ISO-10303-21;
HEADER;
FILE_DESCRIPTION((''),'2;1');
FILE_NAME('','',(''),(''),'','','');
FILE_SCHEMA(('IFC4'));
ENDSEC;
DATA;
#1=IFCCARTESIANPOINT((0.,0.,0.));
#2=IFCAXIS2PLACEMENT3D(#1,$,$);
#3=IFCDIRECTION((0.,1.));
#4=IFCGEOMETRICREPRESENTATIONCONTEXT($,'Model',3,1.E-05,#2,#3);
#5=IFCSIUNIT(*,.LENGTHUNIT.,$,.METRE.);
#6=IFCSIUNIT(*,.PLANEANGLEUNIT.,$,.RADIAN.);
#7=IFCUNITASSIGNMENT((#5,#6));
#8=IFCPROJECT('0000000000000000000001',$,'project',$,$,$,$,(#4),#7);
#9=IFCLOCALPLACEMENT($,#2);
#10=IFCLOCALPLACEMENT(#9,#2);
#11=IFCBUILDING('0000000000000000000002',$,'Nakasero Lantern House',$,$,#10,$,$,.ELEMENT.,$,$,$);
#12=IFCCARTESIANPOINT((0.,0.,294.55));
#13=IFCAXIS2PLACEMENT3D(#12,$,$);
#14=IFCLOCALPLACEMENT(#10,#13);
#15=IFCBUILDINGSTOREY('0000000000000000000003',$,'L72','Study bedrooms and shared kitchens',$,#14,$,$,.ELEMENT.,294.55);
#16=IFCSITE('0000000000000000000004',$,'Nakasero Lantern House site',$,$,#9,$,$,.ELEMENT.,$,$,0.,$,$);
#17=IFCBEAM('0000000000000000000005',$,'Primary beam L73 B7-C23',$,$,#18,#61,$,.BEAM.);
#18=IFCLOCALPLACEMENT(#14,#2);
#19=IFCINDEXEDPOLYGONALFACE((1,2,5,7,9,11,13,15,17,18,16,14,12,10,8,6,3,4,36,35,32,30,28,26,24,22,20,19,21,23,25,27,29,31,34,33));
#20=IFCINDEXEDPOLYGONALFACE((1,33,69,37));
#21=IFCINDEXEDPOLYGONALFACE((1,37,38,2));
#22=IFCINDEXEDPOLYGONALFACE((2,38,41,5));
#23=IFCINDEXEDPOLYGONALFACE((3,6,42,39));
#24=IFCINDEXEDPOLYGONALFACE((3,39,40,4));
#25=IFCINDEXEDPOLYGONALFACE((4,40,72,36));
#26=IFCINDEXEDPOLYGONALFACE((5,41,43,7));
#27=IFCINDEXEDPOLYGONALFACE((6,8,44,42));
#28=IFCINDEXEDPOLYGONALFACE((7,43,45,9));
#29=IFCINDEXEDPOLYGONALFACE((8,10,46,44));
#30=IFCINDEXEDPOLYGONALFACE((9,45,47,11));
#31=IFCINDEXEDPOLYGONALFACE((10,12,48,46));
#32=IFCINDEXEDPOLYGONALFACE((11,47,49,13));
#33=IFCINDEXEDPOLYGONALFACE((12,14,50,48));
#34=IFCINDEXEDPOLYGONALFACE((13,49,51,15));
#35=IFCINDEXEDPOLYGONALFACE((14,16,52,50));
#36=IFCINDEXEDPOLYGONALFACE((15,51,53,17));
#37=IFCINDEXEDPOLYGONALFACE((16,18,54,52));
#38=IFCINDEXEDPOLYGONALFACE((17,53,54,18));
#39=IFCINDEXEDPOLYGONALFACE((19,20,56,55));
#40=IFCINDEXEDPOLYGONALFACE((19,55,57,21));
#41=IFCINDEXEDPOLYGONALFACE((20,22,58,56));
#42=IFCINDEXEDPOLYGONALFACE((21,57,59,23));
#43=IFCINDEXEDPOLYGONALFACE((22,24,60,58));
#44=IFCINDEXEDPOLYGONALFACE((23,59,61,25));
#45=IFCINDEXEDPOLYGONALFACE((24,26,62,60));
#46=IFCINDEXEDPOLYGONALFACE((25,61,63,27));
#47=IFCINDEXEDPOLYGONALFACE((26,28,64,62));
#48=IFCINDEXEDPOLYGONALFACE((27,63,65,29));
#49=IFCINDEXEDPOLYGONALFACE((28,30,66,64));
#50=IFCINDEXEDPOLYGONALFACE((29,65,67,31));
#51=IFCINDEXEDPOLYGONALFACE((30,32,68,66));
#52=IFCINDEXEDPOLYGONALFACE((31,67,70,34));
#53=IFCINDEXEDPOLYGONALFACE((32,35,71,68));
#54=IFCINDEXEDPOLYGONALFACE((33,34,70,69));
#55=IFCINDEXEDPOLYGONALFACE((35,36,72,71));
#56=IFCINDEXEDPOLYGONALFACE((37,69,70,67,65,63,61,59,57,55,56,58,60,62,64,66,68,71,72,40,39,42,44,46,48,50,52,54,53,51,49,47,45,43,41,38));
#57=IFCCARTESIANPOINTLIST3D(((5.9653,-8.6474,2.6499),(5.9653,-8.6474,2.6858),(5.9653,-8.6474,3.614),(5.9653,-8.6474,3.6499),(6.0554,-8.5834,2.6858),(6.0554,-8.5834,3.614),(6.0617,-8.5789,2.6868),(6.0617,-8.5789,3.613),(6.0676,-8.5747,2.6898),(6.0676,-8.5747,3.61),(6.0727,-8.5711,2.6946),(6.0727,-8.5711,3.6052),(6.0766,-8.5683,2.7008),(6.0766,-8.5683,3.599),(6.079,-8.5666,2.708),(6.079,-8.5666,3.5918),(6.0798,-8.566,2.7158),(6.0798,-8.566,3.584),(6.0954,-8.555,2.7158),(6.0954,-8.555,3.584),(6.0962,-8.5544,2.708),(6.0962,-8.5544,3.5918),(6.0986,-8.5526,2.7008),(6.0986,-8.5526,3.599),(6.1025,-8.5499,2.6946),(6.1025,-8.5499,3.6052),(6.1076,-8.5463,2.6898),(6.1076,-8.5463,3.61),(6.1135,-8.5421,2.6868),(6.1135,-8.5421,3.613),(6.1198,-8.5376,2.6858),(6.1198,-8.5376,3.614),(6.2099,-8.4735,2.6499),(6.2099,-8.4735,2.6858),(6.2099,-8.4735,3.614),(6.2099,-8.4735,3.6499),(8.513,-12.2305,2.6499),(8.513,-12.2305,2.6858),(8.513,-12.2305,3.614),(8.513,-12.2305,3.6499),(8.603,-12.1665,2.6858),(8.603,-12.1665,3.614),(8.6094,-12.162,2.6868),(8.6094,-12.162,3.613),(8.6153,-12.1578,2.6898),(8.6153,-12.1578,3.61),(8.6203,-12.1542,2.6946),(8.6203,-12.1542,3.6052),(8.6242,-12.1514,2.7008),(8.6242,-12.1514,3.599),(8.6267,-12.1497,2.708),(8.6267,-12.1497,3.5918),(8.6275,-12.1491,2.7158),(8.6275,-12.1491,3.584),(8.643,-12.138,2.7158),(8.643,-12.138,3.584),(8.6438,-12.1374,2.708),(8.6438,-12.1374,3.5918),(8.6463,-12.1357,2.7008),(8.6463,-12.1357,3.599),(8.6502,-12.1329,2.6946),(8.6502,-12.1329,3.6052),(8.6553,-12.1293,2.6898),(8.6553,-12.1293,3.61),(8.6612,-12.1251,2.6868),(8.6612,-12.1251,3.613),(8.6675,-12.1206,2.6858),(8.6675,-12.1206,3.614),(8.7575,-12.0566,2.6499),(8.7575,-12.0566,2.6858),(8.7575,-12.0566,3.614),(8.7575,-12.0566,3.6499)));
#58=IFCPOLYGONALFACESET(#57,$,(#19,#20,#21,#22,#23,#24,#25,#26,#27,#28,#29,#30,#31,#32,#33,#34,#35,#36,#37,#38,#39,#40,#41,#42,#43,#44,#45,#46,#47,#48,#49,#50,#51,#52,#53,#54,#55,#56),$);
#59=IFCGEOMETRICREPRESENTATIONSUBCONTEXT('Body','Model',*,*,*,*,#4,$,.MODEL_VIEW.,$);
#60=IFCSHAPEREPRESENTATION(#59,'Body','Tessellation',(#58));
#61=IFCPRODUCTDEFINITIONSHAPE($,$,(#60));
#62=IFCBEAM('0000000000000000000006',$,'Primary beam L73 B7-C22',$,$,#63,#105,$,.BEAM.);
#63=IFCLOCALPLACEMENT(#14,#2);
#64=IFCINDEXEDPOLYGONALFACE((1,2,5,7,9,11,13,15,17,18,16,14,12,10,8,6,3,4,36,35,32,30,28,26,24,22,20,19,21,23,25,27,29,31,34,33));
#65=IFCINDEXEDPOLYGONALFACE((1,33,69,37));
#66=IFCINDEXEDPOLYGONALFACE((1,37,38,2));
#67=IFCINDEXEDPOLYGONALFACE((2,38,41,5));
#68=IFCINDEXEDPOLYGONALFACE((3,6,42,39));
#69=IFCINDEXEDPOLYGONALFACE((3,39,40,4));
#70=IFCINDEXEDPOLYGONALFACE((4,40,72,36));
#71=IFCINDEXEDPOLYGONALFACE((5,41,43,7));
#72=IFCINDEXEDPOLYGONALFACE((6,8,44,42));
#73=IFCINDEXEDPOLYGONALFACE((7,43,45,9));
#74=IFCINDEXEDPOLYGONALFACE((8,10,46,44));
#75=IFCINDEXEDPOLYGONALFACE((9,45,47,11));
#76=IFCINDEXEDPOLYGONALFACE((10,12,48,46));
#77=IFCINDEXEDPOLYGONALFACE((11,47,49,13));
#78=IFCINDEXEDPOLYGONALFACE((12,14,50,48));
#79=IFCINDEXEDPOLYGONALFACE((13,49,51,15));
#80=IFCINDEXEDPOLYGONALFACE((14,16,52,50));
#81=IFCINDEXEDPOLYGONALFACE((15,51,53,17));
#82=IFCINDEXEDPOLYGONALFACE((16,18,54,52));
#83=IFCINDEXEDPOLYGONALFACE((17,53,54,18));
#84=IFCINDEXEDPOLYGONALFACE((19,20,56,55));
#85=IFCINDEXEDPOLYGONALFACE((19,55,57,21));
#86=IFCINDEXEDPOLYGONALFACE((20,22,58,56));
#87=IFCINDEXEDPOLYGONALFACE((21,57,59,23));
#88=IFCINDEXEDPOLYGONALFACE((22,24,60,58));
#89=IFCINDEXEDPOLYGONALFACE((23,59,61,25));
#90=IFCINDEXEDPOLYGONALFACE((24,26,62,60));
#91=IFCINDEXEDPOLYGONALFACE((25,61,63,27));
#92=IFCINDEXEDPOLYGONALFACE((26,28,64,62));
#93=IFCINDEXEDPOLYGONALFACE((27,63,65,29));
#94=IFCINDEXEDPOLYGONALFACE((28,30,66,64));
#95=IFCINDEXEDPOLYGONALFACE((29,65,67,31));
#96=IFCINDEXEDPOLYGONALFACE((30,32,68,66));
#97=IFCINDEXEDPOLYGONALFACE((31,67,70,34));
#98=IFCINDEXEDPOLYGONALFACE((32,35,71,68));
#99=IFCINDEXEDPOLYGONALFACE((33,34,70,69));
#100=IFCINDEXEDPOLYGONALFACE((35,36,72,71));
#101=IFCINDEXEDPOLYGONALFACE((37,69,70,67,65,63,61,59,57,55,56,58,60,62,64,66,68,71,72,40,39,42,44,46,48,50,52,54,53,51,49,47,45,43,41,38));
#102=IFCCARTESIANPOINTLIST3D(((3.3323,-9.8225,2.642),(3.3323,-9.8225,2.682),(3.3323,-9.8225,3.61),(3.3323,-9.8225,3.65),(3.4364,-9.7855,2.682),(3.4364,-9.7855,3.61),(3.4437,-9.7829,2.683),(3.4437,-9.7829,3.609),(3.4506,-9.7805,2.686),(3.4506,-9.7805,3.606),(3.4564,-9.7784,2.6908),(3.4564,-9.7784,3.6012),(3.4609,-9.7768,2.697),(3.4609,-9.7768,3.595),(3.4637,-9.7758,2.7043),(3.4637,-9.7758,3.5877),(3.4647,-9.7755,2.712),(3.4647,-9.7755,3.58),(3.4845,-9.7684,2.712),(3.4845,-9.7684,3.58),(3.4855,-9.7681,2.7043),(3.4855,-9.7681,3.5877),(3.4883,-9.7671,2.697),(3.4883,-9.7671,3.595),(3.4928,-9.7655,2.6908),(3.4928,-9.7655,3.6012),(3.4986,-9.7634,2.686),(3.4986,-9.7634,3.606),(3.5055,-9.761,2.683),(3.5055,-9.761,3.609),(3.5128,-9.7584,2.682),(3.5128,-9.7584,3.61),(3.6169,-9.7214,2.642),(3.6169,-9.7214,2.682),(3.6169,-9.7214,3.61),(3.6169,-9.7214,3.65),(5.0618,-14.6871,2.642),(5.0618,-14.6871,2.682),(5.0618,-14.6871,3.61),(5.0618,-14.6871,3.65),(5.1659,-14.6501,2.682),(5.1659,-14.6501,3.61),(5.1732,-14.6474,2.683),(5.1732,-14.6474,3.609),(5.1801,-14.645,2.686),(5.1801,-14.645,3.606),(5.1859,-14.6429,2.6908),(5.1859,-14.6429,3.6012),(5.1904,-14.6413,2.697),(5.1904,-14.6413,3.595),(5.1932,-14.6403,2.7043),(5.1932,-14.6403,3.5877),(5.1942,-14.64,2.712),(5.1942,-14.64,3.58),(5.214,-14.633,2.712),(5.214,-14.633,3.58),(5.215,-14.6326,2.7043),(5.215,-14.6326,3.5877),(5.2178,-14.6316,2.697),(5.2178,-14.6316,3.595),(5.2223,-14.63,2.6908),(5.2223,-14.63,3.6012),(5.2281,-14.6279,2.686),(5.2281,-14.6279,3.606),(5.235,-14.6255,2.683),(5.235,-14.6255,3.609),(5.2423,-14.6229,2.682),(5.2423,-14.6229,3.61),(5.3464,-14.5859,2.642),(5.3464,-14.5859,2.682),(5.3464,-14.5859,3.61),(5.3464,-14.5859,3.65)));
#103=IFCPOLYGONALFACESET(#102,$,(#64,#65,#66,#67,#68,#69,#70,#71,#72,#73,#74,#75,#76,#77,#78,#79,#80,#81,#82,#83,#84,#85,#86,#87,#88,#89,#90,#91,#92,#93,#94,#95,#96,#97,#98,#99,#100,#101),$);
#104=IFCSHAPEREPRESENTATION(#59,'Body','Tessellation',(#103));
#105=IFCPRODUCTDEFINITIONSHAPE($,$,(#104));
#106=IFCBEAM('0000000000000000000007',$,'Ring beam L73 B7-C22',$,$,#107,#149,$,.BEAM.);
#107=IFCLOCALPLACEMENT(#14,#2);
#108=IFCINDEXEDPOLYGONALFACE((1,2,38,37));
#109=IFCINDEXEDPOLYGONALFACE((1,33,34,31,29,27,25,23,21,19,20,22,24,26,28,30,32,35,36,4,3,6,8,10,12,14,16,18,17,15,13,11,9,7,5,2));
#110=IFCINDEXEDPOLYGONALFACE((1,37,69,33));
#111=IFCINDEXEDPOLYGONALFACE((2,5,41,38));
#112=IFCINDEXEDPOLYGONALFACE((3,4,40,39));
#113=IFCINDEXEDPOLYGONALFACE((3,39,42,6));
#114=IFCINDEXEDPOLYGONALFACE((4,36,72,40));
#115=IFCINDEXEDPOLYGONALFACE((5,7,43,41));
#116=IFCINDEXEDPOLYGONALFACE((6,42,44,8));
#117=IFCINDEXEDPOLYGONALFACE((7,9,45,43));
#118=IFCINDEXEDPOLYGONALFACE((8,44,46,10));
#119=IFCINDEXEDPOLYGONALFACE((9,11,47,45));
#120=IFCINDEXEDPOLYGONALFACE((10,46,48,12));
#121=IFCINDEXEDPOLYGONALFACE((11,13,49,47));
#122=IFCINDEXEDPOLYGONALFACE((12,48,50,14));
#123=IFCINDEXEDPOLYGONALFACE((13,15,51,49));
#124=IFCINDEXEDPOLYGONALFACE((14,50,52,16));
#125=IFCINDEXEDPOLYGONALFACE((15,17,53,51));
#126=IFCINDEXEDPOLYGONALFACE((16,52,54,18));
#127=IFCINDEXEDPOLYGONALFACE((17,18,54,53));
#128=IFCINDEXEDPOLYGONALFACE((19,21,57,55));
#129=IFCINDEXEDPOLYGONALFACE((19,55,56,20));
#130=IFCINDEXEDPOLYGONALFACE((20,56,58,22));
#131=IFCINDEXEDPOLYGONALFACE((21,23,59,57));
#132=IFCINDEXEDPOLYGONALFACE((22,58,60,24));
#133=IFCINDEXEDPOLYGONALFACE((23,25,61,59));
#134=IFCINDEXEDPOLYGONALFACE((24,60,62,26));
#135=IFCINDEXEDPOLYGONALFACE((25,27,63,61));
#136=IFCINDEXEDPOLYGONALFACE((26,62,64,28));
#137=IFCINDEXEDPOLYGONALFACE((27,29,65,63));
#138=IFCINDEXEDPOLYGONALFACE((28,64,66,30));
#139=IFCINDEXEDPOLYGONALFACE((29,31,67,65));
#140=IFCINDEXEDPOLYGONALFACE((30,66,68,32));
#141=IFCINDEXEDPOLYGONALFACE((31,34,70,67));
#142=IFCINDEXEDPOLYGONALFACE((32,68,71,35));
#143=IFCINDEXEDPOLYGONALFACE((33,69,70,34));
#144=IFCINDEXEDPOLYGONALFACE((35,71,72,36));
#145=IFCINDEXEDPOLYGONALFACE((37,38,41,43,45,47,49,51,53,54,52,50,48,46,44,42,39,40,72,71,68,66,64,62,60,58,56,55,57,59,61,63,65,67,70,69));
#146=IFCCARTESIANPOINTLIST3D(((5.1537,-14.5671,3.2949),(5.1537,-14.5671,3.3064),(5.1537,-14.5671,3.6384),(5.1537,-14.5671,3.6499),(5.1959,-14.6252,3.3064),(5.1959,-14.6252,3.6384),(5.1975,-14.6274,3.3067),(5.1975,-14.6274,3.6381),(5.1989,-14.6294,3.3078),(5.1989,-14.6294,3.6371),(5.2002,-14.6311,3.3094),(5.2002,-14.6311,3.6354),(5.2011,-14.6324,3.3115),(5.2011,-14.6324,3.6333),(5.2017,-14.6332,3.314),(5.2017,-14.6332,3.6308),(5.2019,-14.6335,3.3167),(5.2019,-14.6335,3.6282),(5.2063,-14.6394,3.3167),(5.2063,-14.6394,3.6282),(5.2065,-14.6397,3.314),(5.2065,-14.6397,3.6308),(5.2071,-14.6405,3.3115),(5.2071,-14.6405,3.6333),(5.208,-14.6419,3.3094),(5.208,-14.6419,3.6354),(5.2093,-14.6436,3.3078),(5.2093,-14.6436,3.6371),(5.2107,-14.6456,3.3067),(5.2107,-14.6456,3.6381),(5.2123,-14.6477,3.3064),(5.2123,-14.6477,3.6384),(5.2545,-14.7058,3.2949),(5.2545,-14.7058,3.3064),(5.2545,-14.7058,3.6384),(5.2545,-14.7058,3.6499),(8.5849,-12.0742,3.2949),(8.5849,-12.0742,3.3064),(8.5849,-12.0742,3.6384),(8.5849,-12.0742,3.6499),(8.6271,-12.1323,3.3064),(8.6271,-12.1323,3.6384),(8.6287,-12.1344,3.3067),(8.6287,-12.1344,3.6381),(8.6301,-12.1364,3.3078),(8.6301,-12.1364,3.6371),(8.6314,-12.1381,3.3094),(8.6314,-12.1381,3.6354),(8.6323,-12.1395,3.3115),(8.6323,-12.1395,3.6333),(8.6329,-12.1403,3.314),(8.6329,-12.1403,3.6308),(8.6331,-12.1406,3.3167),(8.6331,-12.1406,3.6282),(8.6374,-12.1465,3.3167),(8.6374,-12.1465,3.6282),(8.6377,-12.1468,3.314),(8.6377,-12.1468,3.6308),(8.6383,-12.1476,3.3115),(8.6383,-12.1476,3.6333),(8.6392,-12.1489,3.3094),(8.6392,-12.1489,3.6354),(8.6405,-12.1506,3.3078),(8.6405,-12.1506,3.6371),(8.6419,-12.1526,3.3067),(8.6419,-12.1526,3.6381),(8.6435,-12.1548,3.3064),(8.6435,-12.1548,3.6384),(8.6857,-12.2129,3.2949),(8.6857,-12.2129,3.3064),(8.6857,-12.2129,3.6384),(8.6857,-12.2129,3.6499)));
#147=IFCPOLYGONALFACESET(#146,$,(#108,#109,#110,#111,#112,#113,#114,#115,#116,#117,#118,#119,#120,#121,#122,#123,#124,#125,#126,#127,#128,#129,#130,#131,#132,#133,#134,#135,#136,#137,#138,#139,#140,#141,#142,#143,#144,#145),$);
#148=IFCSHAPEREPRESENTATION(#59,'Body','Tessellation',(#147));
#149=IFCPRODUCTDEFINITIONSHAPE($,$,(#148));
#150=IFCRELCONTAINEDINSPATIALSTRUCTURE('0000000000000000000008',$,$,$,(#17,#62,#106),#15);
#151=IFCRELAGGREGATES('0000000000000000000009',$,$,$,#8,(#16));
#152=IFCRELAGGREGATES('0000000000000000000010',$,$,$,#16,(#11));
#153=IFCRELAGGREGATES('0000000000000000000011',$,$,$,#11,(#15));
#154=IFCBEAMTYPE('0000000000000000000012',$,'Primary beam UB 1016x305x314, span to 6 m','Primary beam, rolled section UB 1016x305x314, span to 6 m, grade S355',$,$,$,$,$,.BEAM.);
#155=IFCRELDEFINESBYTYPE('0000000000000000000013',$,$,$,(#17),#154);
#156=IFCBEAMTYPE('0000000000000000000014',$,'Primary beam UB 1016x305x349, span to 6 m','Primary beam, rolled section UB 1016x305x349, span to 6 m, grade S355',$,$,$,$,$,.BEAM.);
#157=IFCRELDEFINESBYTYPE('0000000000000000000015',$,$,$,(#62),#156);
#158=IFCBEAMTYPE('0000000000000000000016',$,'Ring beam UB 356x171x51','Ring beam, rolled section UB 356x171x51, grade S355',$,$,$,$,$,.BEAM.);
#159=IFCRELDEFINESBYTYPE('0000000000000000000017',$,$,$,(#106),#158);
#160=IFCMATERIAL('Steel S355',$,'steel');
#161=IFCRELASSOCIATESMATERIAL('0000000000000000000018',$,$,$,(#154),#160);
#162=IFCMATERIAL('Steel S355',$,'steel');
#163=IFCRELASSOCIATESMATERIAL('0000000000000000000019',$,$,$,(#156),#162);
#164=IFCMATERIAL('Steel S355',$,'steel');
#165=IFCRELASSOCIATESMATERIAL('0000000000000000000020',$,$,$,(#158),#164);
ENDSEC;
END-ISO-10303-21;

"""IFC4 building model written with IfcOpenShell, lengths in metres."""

from ifc_helpers import new_model, si_unit, direction, frame, origin, origin_2d, place, context, subcontext, project, spatial, i_section, extrude, material, material_profile, profile_set, type_object, element, save


model = new_model("IFC4")

# Units and contexts
model_context = context("Model", 3, precision=1e-05, world=origin(), true_north=direction((0.0, 1.0)))
body_context = subcontext(model_context, "Body", "Model", "MODEL_VIEW")
ifc_project = project(units=[si_unit("LENGTHUNIT", "METRE"), si_unit("PLANEANGLEUNIT", "RADIAN")], contexts=[model_context])

# Site, building, storey
site_placement = place(None, origin())
site = spatial("IfcSite", under=ifc_project, at=site_placement, Name="Nakasero Lantern House site", CompositionType="ELEMENT", RefElevation=0.0)
building_placement = place(site_placement, origin())
building = spatial("IfcBuilding", under=site, at=building_placement, Name="Nakasero Lantern House", CompositionType="ELEMENT")
storey_placement = place(building_placement, frame((0.0, 0.0, 294.55)))
storey = spatial("IfcBuildingStorey", under=building, at=storey_placement, Name="L72", Description="Study bedrooms and shared kitchens", CompositionType="ELEMENT", Elevation=294.55)

# Beams
ifc_material_1 = material(Name="Steel S355", Category="steel")
ifc_material_profile_1 = material_profile(ifc_material_1, i_section(OverallWidth=0.3, OverallDepth=1.0, WebThickness=0.019, FlangeThickness=0.0359, FilletRadius=0.03, at=origin_2d()), Name="UB 1016x305x314")
ifc_profile_set_1 = profile_set([ifc_material_profile_1], Name="Steel S355")
beam_type_1 = type_object("IfcBeamType", Name="Primary beam UB 1016x305x314, span to 6 m", Description="Primary beam, rolled section UB 1016x305x314, span to 6 m, grade S355", PredefinedType="BEAM", material=ifc_profile_set_1)
beam_1_placement = place(storey_placement, frame((8.6353, -12.1436, 3.1499), z_axis=(-0.579477, 0.814989, 0.0), x_axis=(-0.814989, -0.579477, 0.0)))
element("IfcBeam", 1, at=beam_1_placement, inside=storey, type_object=beam_type_1, Name="Primary beam L73 B7-C23", PredefinedType="BEAM", context=body_context, shape_type="SweptSolid", body=[
    extrude(i_section(OverallWidth=0.3, OverallDepth=1.0, WebThickness=0.019, FlangeThickness=0.0359, FilletRadius=0.03, at=origin_2d()), origin(), (0.0, 0.0, 1.0), 4.3965),
])
ifc_material_2 = material(Name="Steel S355", Category="steel")
ifc_material_profile_2 = material_profile(ifc_material_2, i_section(OverallWidth=0.302, OverallDepth=1.0081, WebThickness=0.021, FlangeThickness=0.04, FilletRadius=0.03, at=origin_2d()), Name="UB 1016x305x349")
ifc_profile_set_2 = profile_set([ifc_material_profile_2], Name="Steel S355")
beam_type_2 = type_object("IfcBeamType", Name="Primary beam UB 1016x305x349, span to 6 m", Description="Primary beam, rolled section UB 1016x305x349, span to 6 m, grade S355", PredefinedType="BEAM", material=ifc_profile_set_2)
beam_2_placement = place(storey_placement, frame((5.2041, -14.6365, 3.146), z_axis=(-0.334991, 0.942221, 0.0), x_axis=(-0.942221, -0.334991, 0.0)))
element("IfcBeam", 2, at=beam_2_placement, inside=storey, type_object=beam_type_2, Name="Primary beam L73 B7-C22", PredefinedType="BEAM", context=body_context, shape_type="SweptSolid", body=[
    extrude(i_section(OverallWidth=0.302, OverallDepth=1.0081, WebThickness=0.021, FlangeThickness=0.04, FilletRadius=0.03, at=origin_2d()), origin(), (0.0, 0.0, 1.0), 5.1628),
])
ifc_material_3 = material(Name="Steel S355", Category="steel")
ifc_material_profile_3 = material_profile(ifc_material_3, i_section(OverallWidth=0.1714, OverallDepth=0.355, WebThickness=0.0073, FlangeThickness=0.0115, FilletRadius=0.0103, at=origin_2d()), Name="UB 356x171x51")
ifc_profile_set_3 = profile_set([ifc_material_profile_3], Name="Steel S355")
beam_type_3 = type_object("IfcBeamType", Name="Ring beam UB 356x171x51", Description="Ring beam, rolled section UB 356x171x51, grade S355", PredefinedType="BEAM", material=ifc_profile_set_3)
beam_3_placement = place(storey_placement, frame((5.2041, -14.6365, 3.4724), z_axis=(0.809012, 0.587792, 0.0), x_axis=(-0.587792, 0.809012, 0.0)))
element("IfcBeam", 3, at=beam_3_placement, inside=storey, type_object=beam_type_3, Name="Ring beam L73 B7-C22", PredefinedType="BEAM", context=body_context, shape_type="SweptSolid", body=[
    extrude(i_section(OverallWidth=0.1714, OverallDepth=0.355, WebThickness=0.0073, FlangeThickness=0.0115, FilletRadius=0.0103, at=origin_2d()), origin(), (0.0, 0.0, 1.0), 4.2412),
])

save(model, "model.ifc")
